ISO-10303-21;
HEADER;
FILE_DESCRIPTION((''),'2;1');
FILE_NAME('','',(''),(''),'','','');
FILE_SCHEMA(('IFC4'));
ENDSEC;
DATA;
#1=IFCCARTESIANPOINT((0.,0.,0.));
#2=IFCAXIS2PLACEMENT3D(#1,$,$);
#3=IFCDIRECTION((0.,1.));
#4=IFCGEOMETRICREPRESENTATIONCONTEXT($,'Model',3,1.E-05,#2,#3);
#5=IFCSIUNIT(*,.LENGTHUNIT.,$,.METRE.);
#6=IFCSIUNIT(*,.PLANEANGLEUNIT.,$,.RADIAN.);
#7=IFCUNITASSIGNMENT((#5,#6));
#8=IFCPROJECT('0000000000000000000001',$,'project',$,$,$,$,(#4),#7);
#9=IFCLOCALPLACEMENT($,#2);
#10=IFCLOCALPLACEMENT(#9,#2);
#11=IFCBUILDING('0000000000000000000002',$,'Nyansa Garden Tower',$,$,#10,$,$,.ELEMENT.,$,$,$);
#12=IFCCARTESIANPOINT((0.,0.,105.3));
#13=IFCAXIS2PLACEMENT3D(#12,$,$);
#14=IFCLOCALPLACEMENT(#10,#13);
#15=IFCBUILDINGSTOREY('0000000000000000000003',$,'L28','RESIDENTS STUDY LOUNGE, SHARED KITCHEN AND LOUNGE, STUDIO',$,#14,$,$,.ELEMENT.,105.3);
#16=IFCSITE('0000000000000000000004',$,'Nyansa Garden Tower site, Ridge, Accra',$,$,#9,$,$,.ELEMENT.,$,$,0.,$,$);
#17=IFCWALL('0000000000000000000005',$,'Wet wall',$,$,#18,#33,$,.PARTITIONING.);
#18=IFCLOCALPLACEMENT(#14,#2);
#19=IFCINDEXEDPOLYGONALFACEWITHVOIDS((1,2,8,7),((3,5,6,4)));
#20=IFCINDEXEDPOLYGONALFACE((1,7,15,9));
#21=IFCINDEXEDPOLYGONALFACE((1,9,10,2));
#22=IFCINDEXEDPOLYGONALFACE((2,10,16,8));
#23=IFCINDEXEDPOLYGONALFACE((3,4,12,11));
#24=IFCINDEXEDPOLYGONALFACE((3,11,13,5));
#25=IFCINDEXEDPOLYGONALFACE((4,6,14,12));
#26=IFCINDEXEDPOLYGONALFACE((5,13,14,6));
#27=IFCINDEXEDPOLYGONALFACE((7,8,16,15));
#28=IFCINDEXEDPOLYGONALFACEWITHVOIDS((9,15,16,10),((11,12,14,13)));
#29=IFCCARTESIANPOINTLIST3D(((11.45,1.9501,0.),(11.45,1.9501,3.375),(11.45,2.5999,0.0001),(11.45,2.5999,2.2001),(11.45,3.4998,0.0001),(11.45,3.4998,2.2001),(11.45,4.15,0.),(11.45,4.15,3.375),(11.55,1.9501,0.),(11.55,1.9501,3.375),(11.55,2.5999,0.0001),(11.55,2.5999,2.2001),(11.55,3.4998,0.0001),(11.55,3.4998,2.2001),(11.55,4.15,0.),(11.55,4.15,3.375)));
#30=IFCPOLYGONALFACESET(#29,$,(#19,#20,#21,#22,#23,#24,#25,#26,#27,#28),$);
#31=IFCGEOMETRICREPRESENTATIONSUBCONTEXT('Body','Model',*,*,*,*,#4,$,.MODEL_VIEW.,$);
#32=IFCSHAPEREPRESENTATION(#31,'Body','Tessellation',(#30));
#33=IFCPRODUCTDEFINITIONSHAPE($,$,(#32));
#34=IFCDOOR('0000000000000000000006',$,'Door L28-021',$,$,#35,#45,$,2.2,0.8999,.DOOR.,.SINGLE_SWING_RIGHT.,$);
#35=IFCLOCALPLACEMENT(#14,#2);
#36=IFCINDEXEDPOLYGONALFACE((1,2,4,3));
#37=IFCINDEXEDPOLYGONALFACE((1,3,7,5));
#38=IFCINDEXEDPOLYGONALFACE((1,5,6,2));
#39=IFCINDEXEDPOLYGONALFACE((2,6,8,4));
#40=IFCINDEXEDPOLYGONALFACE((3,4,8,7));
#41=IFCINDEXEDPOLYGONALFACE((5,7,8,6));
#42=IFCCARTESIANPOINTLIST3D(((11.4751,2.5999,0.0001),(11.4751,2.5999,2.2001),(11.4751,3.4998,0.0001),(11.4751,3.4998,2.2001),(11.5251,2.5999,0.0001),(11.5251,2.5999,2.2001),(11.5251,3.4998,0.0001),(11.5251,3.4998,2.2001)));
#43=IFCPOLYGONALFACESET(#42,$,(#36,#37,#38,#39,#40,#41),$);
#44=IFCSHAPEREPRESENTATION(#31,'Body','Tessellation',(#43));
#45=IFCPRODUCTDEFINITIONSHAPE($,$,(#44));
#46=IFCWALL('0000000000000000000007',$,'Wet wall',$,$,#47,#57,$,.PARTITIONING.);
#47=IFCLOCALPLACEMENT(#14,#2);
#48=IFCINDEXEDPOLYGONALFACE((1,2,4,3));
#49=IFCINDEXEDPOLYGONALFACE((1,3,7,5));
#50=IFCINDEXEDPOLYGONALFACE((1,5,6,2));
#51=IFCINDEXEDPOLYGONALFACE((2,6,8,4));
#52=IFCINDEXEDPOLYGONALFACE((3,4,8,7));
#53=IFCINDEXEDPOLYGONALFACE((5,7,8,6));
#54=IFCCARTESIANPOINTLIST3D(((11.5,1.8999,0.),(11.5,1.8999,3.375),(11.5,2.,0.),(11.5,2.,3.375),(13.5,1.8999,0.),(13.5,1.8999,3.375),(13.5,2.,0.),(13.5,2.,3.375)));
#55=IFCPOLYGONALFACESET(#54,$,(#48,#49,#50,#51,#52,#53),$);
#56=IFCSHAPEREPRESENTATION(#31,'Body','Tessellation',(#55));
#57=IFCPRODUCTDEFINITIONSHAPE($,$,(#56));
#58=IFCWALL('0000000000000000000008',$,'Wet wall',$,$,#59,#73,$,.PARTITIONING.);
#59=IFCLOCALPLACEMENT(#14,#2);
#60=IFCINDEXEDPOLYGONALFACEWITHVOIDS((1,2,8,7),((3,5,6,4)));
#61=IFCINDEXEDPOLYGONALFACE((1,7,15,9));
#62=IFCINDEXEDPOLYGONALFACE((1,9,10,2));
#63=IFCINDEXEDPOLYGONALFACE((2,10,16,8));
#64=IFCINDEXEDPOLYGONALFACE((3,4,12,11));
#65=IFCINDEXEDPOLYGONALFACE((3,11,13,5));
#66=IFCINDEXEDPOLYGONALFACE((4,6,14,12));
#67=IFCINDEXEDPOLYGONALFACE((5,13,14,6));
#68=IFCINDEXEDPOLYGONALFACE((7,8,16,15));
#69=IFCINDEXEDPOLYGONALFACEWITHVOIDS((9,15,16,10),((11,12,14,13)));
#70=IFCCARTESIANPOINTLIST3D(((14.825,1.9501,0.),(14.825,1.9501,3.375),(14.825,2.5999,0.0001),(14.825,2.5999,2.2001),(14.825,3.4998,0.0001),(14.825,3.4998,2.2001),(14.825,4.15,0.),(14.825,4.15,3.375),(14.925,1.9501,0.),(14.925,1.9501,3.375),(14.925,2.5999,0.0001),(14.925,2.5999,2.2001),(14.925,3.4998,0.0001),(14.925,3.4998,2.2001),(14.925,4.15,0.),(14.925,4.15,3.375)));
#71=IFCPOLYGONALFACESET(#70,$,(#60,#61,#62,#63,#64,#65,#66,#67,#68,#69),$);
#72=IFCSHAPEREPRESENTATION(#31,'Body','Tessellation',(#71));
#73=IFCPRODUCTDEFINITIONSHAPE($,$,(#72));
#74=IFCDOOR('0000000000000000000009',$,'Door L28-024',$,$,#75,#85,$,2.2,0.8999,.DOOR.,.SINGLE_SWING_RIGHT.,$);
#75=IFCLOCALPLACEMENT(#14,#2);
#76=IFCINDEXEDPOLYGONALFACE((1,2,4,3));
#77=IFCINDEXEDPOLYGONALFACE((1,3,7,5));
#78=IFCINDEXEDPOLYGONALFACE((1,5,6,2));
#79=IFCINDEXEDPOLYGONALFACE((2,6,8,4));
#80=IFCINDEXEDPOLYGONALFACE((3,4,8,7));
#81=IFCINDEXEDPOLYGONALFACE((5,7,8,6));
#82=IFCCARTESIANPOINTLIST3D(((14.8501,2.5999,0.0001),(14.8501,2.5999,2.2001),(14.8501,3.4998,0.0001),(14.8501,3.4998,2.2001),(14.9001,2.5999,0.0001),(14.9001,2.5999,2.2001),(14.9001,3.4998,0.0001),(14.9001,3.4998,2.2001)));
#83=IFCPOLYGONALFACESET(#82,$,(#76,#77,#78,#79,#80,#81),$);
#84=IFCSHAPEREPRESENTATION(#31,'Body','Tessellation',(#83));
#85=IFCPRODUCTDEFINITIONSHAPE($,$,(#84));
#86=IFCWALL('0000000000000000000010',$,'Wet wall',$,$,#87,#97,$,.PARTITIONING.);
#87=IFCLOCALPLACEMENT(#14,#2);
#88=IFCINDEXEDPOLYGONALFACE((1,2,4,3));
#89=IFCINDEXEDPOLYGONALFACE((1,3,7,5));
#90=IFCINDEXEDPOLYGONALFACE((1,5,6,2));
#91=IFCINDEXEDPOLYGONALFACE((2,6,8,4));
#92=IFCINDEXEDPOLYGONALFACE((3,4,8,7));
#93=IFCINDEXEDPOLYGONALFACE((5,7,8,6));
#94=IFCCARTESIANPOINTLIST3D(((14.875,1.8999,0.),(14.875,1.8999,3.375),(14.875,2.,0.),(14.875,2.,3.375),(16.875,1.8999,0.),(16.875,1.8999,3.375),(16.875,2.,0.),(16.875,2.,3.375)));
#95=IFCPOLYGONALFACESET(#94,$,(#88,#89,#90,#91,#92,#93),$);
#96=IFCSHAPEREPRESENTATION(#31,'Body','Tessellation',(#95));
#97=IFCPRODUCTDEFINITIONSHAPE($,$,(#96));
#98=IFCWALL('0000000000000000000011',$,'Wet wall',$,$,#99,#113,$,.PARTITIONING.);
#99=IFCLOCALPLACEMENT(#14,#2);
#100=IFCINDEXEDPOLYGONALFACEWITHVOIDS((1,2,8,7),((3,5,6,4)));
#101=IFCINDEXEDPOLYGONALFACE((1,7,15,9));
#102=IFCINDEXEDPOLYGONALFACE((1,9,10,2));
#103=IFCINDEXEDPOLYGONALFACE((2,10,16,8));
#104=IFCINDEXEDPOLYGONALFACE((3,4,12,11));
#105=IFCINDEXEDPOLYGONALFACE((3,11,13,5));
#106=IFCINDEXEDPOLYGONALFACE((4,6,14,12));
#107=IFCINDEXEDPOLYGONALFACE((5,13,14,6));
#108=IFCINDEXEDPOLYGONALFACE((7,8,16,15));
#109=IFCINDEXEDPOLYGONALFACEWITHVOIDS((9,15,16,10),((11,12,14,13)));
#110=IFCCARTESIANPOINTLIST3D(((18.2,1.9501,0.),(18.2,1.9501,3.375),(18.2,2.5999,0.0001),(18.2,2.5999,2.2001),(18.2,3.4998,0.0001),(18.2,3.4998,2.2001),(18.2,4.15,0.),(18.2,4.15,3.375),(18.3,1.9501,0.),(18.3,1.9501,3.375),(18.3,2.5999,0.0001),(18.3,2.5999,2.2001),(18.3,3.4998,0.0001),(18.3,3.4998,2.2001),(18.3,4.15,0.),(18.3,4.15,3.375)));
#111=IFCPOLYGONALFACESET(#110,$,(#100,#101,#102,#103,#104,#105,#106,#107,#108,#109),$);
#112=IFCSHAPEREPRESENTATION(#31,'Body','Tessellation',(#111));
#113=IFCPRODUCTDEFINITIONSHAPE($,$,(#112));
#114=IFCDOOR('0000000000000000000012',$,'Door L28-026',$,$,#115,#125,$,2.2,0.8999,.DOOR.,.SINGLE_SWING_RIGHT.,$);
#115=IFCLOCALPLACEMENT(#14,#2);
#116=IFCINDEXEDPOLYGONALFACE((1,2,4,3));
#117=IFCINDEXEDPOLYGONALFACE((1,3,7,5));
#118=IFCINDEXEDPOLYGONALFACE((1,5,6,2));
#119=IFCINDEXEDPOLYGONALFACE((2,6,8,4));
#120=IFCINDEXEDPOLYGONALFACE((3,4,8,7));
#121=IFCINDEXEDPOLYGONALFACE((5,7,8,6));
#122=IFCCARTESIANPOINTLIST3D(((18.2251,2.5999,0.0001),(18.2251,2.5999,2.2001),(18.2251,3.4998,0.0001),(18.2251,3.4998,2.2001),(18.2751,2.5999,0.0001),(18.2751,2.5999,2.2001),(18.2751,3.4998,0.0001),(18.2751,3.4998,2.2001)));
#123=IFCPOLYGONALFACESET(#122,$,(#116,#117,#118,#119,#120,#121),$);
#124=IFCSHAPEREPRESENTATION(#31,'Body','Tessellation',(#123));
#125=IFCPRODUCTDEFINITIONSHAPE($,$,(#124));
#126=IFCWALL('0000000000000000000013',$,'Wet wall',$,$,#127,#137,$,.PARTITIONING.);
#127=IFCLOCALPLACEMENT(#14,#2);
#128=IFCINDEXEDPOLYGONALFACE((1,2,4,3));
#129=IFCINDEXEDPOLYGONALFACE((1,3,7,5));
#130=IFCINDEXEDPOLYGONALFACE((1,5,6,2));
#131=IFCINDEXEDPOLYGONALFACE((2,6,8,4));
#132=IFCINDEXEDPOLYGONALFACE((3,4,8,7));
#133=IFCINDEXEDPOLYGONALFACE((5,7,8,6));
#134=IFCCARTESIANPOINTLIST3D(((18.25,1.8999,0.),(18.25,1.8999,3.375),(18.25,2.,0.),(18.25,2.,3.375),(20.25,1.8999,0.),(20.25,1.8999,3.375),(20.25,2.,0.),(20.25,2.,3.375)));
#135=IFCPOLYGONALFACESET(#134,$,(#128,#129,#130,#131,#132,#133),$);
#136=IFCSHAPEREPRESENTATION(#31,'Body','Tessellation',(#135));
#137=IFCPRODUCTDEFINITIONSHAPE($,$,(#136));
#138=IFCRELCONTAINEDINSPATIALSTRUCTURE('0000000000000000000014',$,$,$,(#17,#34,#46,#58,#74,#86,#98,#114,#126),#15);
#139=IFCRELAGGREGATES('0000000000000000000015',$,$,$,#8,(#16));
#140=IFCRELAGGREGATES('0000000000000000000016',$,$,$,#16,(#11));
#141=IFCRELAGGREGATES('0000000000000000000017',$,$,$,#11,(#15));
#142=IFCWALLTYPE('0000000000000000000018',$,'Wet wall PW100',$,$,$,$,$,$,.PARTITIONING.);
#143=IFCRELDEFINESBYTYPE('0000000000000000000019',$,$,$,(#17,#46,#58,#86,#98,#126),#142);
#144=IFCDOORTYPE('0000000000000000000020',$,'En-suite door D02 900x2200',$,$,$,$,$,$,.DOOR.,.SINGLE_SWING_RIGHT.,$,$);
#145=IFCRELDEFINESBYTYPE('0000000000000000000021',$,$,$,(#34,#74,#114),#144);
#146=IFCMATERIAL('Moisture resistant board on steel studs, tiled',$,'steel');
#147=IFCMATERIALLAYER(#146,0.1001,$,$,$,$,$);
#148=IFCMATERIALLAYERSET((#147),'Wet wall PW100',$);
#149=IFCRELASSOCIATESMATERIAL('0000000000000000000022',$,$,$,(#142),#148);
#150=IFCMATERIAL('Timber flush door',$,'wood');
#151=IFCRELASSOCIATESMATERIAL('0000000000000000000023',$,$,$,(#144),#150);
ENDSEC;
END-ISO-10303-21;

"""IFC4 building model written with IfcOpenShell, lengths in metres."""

from ifc_helpers import new_model, si_unit, direction, frame, frame_2d, origin, place, context, subcontext, project, spatial, rectangle, extrude, material, layer, layer_set, type_object, element, fill, save


model = new_model("IFC4")

# Units and contexts
model_context = context("Model", 3, precision=1e-05, world=origin(), true_north=direction((0.0, 1.0)))
body_context = subcontext(model_context, "Body", "Model", "MODEL_VIEW")
ifc_project = project(units=[si_unit("LENGTHUNIT", "METRE"), si_unit("PLANEANGLEUNIT", "RADIAN")], contexts=[model_context])

# Site, building, storey
site_placement = place(None, origin())
site = spatial("IfcSite", under=ifc_project, at=site_placement, Name="Nyansa Garden Tower site, Ridge, Accra", CompositionType="ELEMENT", RefElevation=0.0)
building_placement = place(site_placement, origin())
building = spatial("IfcBuilding", under=site, at=building_placement, Name="Nyansa Garden Tower", CompositionType="ELEMENT")
storey_placement = place(building_placement, frame((0.0, 0.0, 105.3)))
storey = spatial("IfcBuildingStorey", under=building, at=storey_placement, Name="L28", Description="RESIDENTS STUDY LOUNGE, SHARED KITCHEN AND LOUNGE, STUDIO", CompositionType="ELEMENT", Elevation=105.3)

# Shared definitions
ifc_material_1 = material(Name="Moisture resistant board on steel studs, tiled", Category="steel")
ifc_layer_1 = layer(ifc_material_1, 0.1001)
ifc_layer_set_1 = layer_set([ifc_layer_1], Name="Wet wall PW100")
wall_type_1 = type_object("IfcWallType", Name="Wet wall PW100", PredefinedType="PARTITIONING", material=ifc_layer_set_1)
ifc_material_2 = material(Name="Timber flush door", Category="wood")
door_type_1 = type_object("IfcDoorType", Name="En-suite door D02 900x2200", OperationType="SINGLE_SWING_RIGHT", PredefinedType="DOOR", material=ifc_material_2)

# Wall, opening, door
wall_1_placement = place(storey_placement, frame((11.5, 1.95, 0.0), z_axis=(0.0, 0.0, 1.0), x_axis=(0.0, 1.0, 0.0)))
wall_1 = element("IfcWall", 1, at=wall_1_placement, inside=storey, type_object=wall_type_1, Name="Wet wall", PredefinedType="PARTITIONING", context=body_context, shape_type="SweptSolid", body=[
    extrude(rectangle(XDim=2.2, YDim=0.1001, at=frame_2d((1.1001, 0.0))), origin(), (0.0, 0.0, 1.0), 3.375),
])
opening_1_placement = place(wall_1_placement, frame((0.6499, 0.0, 0.0)))
opening_1 = element("IfcOpeningElement", 2, at=opening_1_placement, cuts=wall_1, PredefinedType="OPENING", context=body_context, shape_type="SweptSolid", body=[
    extrude(rectangle(XDim=0.8999, YDim=2.2, at=frame_2d((0.45, 1.1001))), frame((0.0, 0.0601, 0.0), z_axis=(0.0, -1.0, 0.0), x_axis=(1.0, 0.0, 0.0)), (0.0, 0.0, 1.0), 0.1201),
])
door_1_placement = place(opening_1_placement, origin())
door_1 = element("IfcDoor", 3, at=door_1_placement, inside=storey, type_object=door_type_1, Name="Door L28-021", OperationType="SINGLE_SWING_RIGHT", OverallHeight=2.2, OverallWidth=0.8999, PredefinedType="DOOR", context=body_context, shape_type="SweptSolid", body=[
    extrude(rectangle(XDim=0.8999, YDim=2.2, at=frame_2d((0.45, 1.1001))), frame((0.0, 0.0249, 0.0), z_axis=(0.0, -1.0, 0.0), x_axis=(1.0, 0.0, 0.0)), (0.0, 0.0, 1.0), 0.05),
])
fill(opening_1, door_1)

# Wall
wall_2_placement = place(storey_placement, frame((11.5, 1.95, 0.0), z_axis=(0.0, 0.0, 1.0), x_axis=(1.0, 0.0, 0.0)))
element("IfcWall", 4, at=wall_2_placement, inside=storey, type_object=wall_type_1, Name="Wet wall", PredefinedType="PARTITIONING", context=body_context, shape_type="SweptSolid", body=[
    extrude(rectangle(XDim=2.0, YDim=0.1001, at=frame_2d((1.0, 0.0))), origin(), (0.0, 0.0, 1.0), 3.375),
])

# Wall, opening, door
wall_3_placement = place(storey_placement, frame((14.875, 1.95, 0.0), z_axis=(0.0, 0.0, 1.0), x_axis=(0.0, 1.0, 0.0)))
wall_3 = element("IfcWall", 5, at=wall_3_placement, inside=storey, type_object=wall_type_1, Name="Wet wall", PredefinedType="PARTITIONING", context=body_context, shape_type="SweptSolid", body=[
    extrude(rectangle(XDim=2.2, YDim=0.1001, at=frame_2d((1.1001, 0.0))), origin(), (0.0, 0.0, 1.0), 3.375),
])
opening_2_placement = place(wall_3_placement, frame((0.6499, 0.0, 0.0)))
opening_2 = element("IfcOpeningElement", 6, at=opening_2_placement, cuts=wall_3, PredefinedType="OPENING", context=body_context, shape_type="SweptSolid", body=[
    extrude(rectangle(XDim=0.8999, YDim=2.2, at=frame_2d((0.45, 1.1001))), frame((0.0, 0.0601, 0.0), z_axis=(0.0, -1.0, 0.0), x_axis=(1.0, 0.0, 0.0)), (0.0, 0.0, 1.0), 0.1201),
])
door_2_placement = place(opening_2_placement, origin())
door_2 = element("IfcDoor", 7, at=door_2_placement, inside=storey, type_object=door_type_1, Name="Door L28-024", OperationType="SINGLE_SWING_RIGHT", OverallHeight=2.2, OverallWidth=0.8999, PredefinedType="DOOR", context=body_context, shape_type="SweptSolid", body=[
    extrude(rectangle(XDim=0.8999, YDim=2.2, at=frame_2d((0.45, 1.1001))), frame((0.0, 0.0249, 0.0), z_axis=(0.0, -1.0, 0.0), x_axis=(1.0, 0.0, 0.0)), (0.0, 0.0, 1.0), 0.05),
])
fill(opening_2, door_2)

# Wall
wall_4_placement = place(storey_placement, frame((14.875, 1.95, 0.0), z_axis=(0.0, 0.0, 1.0), x_axis=(1.0, 0.0, 0.0)))
element("IfcWall", 8, at=wall_4_placement, inside=storey, type_object=wall_type_1, Name="Wet wall", PredefinedType="PARTITIONING", context=body_context, shape_type="SweptSolid", body=[
    extrude(rectangle(XDim=2.0, YDim=0.1001, at=frame_2d((1.0, 0.0))), origin(), (0.0, 0.0, 1.0), 3.375),
])

# Wall, opening, door
wall_5_placement = place(storey_placement, frame((18.25, 1.95, 0.0), z_axis=(0.0, 0.0, 1.0), x_axis=(0.0, 1.0, 0.0)))
wall_5 = element("IfcWall", 9, at=wall_5_placement, inside=storey, type_object=wall_type_1, Name="Wet wall", PredefinedType="PARTITIONING", context=body_context, shape_type="SweptSolid", body=[
    extrude(rectangle(XDim=2.2, YDim=0.1001, at=frame_2d((1.1001, 0.0))), origin(), (0.0, 0.0, 1.0), 3.375),
])
opening_3_placement = place(wall_5_placement, frame((0.6499, 0.0, 0.0)))
opening_3 = element("IfcOpeningElement", 10, at=opening_3_placement, cuts=wall_5, PredefinedType="OPENING", context=body_context, shape_type="SweptSolid", body=[
    extrude(rectangle(XDim=0.8999, YDim=2.2, at=frame_2d((0.45, 1.1001))), frame((0.0, 0.0601, 0.0), z_axis=(0.0, -1.0, 0.0), x_axis=(1.0, 0.0, 0.0)), (0.0, 0.0, 1.0), 0.1201),
])
door_3_placement = place(opening_3_placement, origin())
door_3 = element("IfcDoor", 11, at=door_3_placement, inside=storey, type_object=door_type_1, Name="Door L28-026", OperationType="SINGLE_SWING_RIGHT", OverallHeight=2.2, OverallWidth=0.8999, PredefinedType="DOOR", context=body_context, shape_type="SweptSolid", body=[
    extrude(rectangle(XDim=0.8999, YDim=2.2, at=frame_2d((0.45, 1.1001))), frame((0.0, 0.0249, 0.0), z_axis=(0.0, -1.0, 0.0), x_axis=(1.0, 0.0, 0.0)), (0.0, 0.0, 1.0), 0.05),
])
fill(opening_3, door_3)

# Wall
wall_6_placement = place(storey_placement, frame((18.25, 1.95, 0.0), z_axis=(0.0, 0.0, 1.0), x_axis=(1.0, 0.0, 0.0)))
element("IfcWall", 12, at=wall_6_placement, inside=storey, type_object=wall_type_1, Name="Wet wall", PredefinedType="PARTITIONING", context=body_context, shape_type="SweptSolid", body=[
    extrude(rectangle(XDim=2.0, YDim=0.1001, at=frame_2d((1.0, 0.0))), origin(), (0.0, 0.0, 1.0), 3.375),
])

save(model, "model.ifc")
